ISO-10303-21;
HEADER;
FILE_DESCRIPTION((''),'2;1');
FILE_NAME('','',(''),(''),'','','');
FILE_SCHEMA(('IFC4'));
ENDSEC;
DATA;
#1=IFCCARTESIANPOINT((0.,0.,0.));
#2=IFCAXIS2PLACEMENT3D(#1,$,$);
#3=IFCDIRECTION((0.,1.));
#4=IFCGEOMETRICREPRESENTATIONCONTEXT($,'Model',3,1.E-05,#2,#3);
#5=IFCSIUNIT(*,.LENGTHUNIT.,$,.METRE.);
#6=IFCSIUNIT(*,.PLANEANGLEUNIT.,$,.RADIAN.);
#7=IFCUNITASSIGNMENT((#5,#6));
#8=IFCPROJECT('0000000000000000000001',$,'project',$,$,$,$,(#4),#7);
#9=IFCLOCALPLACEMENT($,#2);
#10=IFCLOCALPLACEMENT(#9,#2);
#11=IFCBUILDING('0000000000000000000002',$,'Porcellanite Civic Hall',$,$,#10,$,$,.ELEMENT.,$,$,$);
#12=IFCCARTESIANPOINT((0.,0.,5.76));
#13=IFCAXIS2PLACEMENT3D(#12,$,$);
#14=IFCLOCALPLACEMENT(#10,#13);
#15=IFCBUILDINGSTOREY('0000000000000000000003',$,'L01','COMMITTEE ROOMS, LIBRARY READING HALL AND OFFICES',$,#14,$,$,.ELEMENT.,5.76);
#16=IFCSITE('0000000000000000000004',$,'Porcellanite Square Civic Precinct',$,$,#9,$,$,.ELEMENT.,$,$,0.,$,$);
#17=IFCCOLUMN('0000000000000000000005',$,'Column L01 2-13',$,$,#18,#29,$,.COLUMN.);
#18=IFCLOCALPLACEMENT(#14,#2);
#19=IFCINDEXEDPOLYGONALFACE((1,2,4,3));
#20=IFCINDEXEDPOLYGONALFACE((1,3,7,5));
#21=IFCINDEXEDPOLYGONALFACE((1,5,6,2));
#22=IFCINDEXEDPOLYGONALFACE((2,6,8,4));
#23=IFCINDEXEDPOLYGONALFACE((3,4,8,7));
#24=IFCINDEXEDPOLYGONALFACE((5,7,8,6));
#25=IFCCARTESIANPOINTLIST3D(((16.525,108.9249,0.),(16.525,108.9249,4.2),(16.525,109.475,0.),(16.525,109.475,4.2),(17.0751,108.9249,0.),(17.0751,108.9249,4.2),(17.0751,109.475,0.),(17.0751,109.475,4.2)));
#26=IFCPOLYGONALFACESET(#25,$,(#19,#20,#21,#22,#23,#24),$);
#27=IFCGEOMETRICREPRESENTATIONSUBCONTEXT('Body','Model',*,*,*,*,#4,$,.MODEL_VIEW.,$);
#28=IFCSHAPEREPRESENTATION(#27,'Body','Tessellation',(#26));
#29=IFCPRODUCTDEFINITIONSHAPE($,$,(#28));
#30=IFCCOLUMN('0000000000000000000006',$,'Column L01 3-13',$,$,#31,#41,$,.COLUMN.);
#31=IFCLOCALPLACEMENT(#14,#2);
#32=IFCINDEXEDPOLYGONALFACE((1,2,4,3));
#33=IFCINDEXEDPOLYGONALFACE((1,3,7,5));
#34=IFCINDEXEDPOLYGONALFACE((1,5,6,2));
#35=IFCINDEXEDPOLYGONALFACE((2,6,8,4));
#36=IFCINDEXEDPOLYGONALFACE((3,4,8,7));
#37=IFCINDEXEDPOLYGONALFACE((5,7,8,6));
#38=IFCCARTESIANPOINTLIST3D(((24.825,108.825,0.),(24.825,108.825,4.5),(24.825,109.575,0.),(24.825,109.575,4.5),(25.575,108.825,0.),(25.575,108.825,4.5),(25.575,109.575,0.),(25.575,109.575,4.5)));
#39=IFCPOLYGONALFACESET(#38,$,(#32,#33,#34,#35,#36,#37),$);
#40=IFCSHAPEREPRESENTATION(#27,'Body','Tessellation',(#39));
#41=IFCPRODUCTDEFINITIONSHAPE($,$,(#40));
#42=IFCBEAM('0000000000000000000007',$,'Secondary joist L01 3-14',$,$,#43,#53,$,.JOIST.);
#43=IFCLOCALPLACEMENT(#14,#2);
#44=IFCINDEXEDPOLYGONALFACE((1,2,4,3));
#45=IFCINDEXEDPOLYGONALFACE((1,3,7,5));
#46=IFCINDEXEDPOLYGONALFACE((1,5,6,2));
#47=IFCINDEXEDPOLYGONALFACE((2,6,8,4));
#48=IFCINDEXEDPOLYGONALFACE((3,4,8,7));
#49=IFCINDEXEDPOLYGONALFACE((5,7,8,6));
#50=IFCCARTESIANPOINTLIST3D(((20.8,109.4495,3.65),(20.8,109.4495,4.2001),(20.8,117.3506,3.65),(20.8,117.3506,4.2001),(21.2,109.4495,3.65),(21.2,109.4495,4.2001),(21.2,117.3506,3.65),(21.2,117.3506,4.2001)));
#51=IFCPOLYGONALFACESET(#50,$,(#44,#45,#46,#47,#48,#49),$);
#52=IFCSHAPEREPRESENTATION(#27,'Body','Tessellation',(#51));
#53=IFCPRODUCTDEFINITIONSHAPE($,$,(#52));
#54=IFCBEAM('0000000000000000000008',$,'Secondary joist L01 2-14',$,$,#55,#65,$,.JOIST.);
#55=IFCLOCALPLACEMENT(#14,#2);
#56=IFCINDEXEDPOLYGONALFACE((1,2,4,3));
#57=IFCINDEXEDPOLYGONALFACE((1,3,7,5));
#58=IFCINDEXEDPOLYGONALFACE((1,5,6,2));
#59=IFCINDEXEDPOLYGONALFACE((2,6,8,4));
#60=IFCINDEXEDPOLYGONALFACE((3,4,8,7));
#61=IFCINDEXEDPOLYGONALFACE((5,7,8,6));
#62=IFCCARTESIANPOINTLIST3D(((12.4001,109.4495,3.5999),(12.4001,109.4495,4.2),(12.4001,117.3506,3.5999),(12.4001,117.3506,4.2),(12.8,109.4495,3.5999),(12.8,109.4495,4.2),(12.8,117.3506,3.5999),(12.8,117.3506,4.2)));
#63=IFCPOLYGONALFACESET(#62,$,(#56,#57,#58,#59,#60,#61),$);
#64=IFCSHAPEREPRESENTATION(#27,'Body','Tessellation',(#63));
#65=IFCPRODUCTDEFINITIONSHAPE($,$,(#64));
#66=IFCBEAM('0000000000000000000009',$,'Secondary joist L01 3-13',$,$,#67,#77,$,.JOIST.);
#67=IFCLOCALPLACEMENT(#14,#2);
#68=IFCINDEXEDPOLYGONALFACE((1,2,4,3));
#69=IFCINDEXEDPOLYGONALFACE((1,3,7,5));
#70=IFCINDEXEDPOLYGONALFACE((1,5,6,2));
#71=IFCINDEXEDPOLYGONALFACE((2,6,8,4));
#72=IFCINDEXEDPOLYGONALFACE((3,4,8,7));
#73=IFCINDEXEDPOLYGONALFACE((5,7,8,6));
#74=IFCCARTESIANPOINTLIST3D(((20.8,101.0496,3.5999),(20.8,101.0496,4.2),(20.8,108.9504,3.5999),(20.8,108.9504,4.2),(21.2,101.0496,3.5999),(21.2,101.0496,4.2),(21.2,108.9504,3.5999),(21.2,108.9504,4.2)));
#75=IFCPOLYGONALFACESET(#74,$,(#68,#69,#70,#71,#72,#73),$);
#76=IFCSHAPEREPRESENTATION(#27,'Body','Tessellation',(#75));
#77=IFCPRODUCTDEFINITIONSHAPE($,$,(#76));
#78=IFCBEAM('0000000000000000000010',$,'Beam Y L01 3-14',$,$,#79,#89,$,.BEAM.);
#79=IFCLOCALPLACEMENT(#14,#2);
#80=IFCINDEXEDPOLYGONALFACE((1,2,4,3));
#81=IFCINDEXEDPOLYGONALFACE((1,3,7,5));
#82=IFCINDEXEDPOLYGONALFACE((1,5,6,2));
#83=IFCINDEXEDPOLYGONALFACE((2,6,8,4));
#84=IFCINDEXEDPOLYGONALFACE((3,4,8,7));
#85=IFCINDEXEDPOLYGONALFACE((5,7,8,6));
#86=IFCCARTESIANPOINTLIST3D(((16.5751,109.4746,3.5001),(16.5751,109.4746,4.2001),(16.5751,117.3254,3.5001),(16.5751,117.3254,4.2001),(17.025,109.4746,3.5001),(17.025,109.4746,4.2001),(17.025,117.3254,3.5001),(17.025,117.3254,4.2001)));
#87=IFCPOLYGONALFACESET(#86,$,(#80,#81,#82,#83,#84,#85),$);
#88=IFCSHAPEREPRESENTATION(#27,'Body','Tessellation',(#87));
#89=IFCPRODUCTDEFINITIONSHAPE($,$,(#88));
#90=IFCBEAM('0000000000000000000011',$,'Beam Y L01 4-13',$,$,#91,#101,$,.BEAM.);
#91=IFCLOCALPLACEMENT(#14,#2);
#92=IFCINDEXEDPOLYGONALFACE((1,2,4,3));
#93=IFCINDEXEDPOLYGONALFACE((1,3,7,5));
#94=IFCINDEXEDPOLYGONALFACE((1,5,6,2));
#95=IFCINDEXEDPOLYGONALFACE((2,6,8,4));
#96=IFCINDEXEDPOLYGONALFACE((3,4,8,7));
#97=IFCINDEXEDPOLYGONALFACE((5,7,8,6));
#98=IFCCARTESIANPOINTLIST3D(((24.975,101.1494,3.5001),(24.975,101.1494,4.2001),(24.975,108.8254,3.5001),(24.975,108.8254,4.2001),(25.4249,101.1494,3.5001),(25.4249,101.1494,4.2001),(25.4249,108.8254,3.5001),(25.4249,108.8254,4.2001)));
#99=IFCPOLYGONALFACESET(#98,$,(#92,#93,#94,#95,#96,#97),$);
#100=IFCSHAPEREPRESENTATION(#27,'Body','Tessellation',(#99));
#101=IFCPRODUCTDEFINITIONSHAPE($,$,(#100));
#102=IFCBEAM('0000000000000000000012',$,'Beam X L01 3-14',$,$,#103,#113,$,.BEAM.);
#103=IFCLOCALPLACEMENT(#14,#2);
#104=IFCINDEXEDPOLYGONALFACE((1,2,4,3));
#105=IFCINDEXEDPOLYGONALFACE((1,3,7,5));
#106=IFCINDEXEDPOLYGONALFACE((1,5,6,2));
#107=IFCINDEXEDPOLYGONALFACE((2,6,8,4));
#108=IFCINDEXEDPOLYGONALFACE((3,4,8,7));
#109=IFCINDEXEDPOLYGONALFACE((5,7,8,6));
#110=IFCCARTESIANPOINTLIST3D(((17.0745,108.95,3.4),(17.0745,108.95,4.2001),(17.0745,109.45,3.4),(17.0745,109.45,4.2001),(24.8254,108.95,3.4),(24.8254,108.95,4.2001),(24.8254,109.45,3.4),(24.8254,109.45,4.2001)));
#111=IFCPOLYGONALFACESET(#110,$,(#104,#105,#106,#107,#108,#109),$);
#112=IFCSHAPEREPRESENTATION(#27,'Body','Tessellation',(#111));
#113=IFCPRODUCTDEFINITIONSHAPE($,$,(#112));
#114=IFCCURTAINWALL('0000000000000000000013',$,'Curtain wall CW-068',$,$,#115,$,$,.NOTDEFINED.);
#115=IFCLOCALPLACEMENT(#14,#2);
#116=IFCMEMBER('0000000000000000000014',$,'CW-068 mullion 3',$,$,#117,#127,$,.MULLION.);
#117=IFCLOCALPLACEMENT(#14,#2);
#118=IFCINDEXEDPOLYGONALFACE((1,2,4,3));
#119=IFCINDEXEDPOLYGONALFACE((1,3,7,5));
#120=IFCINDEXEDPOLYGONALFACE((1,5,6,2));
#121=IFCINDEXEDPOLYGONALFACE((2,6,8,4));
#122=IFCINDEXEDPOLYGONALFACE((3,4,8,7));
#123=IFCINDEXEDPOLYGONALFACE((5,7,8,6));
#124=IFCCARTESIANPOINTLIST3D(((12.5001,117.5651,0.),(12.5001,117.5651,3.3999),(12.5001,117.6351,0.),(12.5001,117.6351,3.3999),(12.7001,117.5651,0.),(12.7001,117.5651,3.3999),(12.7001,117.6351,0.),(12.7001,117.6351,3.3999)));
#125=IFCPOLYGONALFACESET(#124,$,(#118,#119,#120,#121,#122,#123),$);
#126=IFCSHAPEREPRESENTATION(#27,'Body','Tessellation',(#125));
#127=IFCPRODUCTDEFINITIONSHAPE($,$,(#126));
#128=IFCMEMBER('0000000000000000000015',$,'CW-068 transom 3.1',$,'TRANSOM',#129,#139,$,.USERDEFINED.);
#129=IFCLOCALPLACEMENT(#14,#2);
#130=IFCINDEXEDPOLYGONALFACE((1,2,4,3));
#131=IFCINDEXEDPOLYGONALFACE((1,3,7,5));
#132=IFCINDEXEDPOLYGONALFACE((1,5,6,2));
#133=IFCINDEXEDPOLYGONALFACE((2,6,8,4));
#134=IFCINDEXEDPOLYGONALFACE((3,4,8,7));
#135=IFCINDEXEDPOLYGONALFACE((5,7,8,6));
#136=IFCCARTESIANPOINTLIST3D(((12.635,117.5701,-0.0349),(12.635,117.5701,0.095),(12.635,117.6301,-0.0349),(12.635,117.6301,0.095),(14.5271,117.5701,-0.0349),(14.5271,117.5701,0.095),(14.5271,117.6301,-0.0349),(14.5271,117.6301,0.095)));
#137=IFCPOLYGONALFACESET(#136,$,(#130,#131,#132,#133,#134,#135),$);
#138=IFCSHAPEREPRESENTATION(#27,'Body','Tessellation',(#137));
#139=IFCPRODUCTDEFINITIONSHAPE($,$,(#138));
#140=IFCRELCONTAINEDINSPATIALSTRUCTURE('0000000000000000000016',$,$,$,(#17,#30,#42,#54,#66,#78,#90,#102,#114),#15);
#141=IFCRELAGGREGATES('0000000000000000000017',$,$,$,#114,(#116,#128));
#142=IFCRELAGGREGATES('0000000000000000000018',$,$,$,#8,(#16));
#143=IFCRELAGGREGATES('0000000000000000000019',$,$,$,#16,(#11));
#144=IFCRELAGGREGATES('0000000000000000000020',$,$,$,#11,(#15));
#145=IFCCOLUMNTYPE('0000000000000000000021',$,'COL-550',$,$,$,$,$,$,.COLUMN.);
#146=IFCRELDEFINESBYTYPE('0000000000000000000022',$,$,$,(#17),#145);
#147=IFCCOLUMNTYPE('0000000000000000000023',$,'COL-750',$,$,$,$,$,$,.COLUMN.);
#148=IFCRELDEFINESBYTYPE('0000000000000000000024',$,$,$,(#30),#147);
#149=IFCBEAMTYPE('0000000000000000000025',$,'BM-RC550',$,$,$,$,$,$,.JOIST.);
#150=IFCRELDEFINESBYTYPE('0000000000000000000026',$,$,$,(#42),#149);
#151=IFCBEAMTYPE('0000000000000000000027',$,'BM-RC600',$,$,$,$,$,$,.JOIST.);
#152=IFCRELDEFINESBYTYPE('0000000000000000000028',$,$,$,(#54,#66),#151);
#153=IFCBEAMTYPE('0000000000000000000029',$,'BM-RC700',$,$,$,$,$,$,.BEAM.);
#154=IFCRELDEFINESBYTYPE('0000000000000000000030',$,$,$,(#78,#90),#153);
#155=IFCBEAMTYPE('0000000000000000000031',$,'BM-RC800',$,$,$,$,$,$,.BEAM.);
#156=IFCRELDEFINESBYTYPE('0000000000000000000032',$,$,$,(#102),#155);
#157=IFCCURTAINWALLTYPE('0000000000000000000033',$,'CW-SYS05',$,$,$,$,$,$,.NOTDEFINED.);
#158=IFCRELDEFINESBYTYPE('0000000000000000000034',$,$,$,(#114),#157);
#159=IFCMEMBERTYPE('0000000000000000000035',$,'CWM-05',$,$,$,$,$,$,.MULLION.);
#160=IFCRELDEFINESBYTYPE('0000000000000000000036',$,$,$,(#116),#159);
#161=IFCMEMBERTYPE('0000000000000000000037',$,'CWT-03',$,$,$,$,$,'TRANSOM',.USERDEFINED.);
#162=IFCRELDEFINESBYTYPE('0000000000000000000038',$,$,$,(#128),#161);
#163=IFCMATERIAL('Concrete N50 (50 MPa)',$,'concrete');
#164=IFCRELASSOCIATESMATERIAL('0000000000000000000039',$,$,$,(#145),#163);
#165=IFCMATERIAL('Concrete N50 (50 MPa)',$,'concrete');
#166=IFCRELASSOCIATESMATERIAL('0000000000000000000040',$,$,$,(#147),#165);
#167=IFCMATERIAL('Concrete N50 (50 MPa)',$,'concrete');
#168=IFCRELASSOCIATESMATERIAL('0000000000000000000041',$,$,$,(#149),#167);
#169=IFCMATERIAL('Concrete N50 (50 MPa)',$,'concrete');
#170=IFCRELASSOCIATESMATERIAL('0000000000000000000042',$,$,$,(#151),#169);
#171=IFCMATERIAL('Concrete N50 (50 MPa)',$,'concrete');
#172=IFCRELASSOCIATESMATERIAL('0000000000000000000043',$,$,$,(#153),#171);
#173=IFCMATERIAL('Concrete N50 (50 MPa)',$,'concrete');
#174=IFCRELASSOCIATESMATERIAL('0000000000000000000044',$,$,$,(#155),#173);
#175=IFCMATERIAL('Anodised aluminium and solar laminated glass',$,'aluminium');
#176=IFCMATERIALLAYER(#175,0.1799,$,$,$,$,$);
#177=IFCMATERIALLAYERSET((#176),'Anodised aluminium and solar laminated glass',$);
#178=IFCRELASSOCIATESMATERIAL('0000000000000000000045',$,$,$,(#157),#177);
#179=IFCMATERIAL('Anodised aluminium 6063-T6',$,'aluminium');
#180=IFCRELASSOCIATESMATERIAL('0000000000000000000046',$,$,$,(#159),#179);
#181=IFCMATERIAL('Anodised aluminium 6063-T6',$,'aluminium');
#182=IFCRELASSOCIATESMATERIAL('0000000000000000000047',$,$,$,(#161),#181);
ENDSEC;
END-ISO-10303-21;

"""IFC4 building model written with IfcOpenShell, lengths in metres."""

from ifc_helpers import new_model, si_unit, direction, frame, origin, origin_2d, place, context, subcontext, project, spatial, rectangle, extrude, material, layer, layer_set, material_profile, profile_set, type_object, element, aggregate, save


model = new_model("IFC4")

# Units and contexts
model_context = context("Model", 3, precision=1e-05, world=origin(), true_north=direction((0.0, 1.0)))
body_context = subcontext(model_context, "Body", "Model", "MODEL_VIEW")
ifc_project = project(units=[si_unit("LENGTHUNIT", "METRE"), si_unit("PLANEANGLEUNIT", "RADIAN")], contexts=[model_context])

# Site, building, storey
site_placement = place(None, origin())
site = spatial("IfcSite", under=ifc_project, at=site_placement, Name="Porcellanite Square Civic Precinct", CompositionType="ELEMENT", RefElevation=0.0)
building_placement = place(site_placement, origin())
building = spatial("IfcBuilding", under=site, at=building_placement, Name="Porcellanite Civic Hall", CompositionType="ELEMENT")
storey_placement = place(building_placement, frame((0.0, 0.0, 5.76)))
storey = spatial("IfcBuildingStorey", under=building, at=storey_placement, Name="L01", Description="COMMITTEE ROOMS, LIBRARY READING HALL AND OFFICES", CompositionType="ELEMENT", Elevation=5.76)

# Columns
ifc_material_1 = material(Name="Concrete N50 (50 MPa)", Category="concrete")
ifc_material_profile_1 = material_profile(ifc_material_1, rectangle(XDim=0.55, YDim=0.55, at=origin_2d()), Name="RC-550x550")
ifc_profile_set_1 = profile_set([ifc_material_profile_1], Name="Concrete N50 (50 MPa)")
column_type_1 = type_object("IfcColumnType", Name="COL-550", PredefinedType="COLUMN", material=ifc_profile_set_1)
column_1_placement = place(storey_placement, frame((16.8, 109.2, 0.0), z_axis=(0.0, 0.0, 1.0), x_axis=(1.0, 0.0, 0.0)))
element("IfcColumn", 1, at=column_1_placement, inside=storey, type_object=column_type_1, Name="Column L01 2-13", PredefinedType="COLUMN", context=body_context, shape_type="SweptSolid", body=[
    extrude(rectangle(XDim=0.55, YDim=0.55, at=origin_2d()), origin(), (0.0, 0.0, 1.0), 4.2),
])
ifc_material_2 = material(Name="Concrete N50 (50 MPa)", Category="concrete")
ifc_material_profile_2 = material_profile(ifc_material_2, rectangle(XDim=0.75, YDim=0.75, at=origin_2d()), Name="RC-750x750")
ifc_profile_set_2 = profile_set([ifc_material_profile_2], Name="Concrete N50 (50 MPa)")
column_type_2 = type_object("IfcColumnType", Name="COL-750", PredefinedType="COLUMN", material=ifc_profile_set_2)
column_2_placement = place(storey_placement, frame((25.2, 109.2, 0.0), z_axis=(0.0, 0.0, 1.0), x_axis=(1.0, 0.0, 0.0)))
element("IfcColumn", 2, at=column_2_placement, inside=storey, type_object=column_type_2, Name="Column L01 3-13", PredefinedType="COLUMN", context=body_context, shape_type="SweptSolid", body=[
    extrude(rectangle(XDim=0.75, YDim=0.75, at=origin_2d()), origin(), (0.0, 0.0, 1.0), 4.5),
])

# Beams
ifc_material_3 = material(Name="Concrete N50 (50 MPa)", Category="concrete")
ifc_material_profile_3 = material_profile(ifc_material_3, rectangle(XDim=0.3999, YDim=0.55, at=origin_2d()), Name="RC-400x550")
ifc_profile_set_3 = profile_set([ifc_material_profile_3], Name="Concrete N50 (50 MPa)")
beam_type_1 = type_object("IfcBeamType", Name="BM-RC550", PredefinedType="JOIST", material=ifc_profile_set_3)
beam_1_placement = place(storey_placement, frame((21.0, 109.4495, 3.925), z_axis=(0.0, 1.0, 0.0), x_axis=(-1.0, 0.0, 0.0)))
element("IfcBeam", 3, at=beam_1_placement, inside=storey, type_object=beam_type_1, Name="Secondary joist L01 3-14", PredefinedType="JOIST", context=body_context, shape_type="SweptSolid", body=[
    extrude(rectangle(XDim=0.3999, YDim=0.55, at=origin_2d()), origin(), (0.0, 0.0, 1.0), 7.9011),
])
ifc_material_4 = material(Name="Concrete N50 (50 MPa)", Category="concrete")
ifc_material_profile_4 = material_profile(ifc_material_4, rectangle(XDim=0.3999, YDim=0.6001, at=origin_2d()), Name="RC-400x600")
ifc_profile_set_4 = profile_set([ifc_material_profile_4], Name="Concrete N50 (50 MPa)")
beam_type_2 = type_object("IfcBeamType", Name="BM-RC600", PredefinedType="JOIST", material=ifc_profile_set_4)
beam_2_placement = place(storey_placement, frame((12.6001, 109.4495, 3.8999), z_axis=(0.0, 1.0, 0.0), x_axis=(-1.0, 0.0, 0.0)))
element("IfcBeam", 4, at=beam_2_placement, inside=storey, type_object=beam_type_2, Name="Secondary joist L01 2-14", PredefinedType="JOIST", context=body_context, shape_type="SweptSolid", body=[
    extrude(rectangle(XDim=0.3999, YDim=0.6001, at=origin_2d()), origin(), (0.0, 0.0, 1.0), 7.9011),
])
beam_3_placement = place(storey_placement, frame((21.0, 101.0496, 3.8999), z_axis=(0.0, 1.0, 0.0), x_axis=(-1.0, 0.0, 0.0)))
element("IfcBeam", 5, at=beam_3_placement, inside=storey, type_object=beam_type_2, Name="Secondary joist L01 3-13", PredefinedType="JOIST", context=body_context, shape_type="SweptSolid", body=[
    extrude(rectangle(XDim=0.3999, YDim=0.6001, at=origin_2d()), origin(), (0.0, 0.0, 1.0), 7.9009),
])
ifc_material_5 = material(Name="Concrete N50 (50 MPa)", Category="concrete")
ifc_material_profile_5 = material_profile(ifc_material_5, rectangle(XDim=0.45, YDim=0.7, at=origin_2d()), Name="RC-450x700")
ifc_profile_set_5 = profile_set([ifc_material_profile_5], Name="Concrete N50 (50 MPa)")
beam_type_3 = type_object("IfcBeamType", Name="BM-RC700", PredefinedType="BEAM", material=ifc_profile_set_5)
beam_4_placement = place(storey_placement, frame((16.8, 109.4746, 3.8501), z_axis=(0.0, 1.0, 0.0), x_axis=(-1.0, 0.0, 0.0)))
element("IfcBeam", 6, at=beam_4_placement, inside=storey, type_object=beam_type_3, Name="Beam Y L01 3-14", PredefinedType="BEAM", context=body_context, shape_type="SweptSolid", body=[
    extrude(rectangle(XDim=0.45, YDim=0.7, at=origin_2d()), origin(), (0.0, 0.0, 1.0), 7.8508),
])
beam_5_placement = place(storey_placement, frame((25.2, 101.1494, 3.8501), z_axis=(0.0, 1.0, 0.0), x_axis=(-1.0, 0.0, 0.0)))
element("IfcBeam", 7, at=beam_5_placement, inside=storey, type_object=beam_type_3, Name="Beam Y L01 4-13", PredefinedType="BEAM", context=body_context, shape_type="SweptSolid", body=[
    extrude(rectangle(XDim=0.45, YDim=0.7, at=origin_2d()), origin(), (0.0, 0.0, 1.0), 7.676),
])
ifc_material_6 = material(Name="Concrete N50 (50 MPa)", Category="concrete")
ifc_material_profile_6 = material_profile(ifc_material_6, rectangle(XDim=0.5, YDim=0.8, at=origin_2d()), Name="RC-500x800")
ifc_profile_set_6 = profile_set([ifc_material_profile_6], Name="Concrete N50 (50 MPa)")
beam_type_4 = type_object("IfcBeamType", Name="BM-RC800", PredefinedType="BEAM", material=ifc_profile_set_6)
beam_6_placement = place(storey_placement, frame((17.0745, 109.2, 3.8), z_axis=(1.0, 0.0, 0.0), x_axis=(0.0, 1.0, 0.0)))
element("IfcBeam", 8, at=beam_6_placement, inside=storey, type_object=beam_type_4, Name="Beam X L01 3-14", PredefinedType="BEAM", context=body_context, shape_type="SweptSolid", body=[
    extrude(rectangle(XDim=0.5, YDim=0.8, at=origin_2d()), origin(), (0.0, 0.0, 1.0), 7.751),
])

# Curtain wall, members
ifc_material_7 = material(Name="Anodised aluminium and solar laminated glass", Category="aluminium")
ifc_layer_1 = layer(ifc_material_7, 0.1799)
ifc_layer_set_1 = layer_set([ifc_layer_1], Name="Anodised aluminium and solar laminated glass")
curtain_wall_type = type_object("IfcCurtainWallType", Name="CW-SYS05", PredefinedType="NOTDEFINED", material=ifc_layer_set_1)
curtain_wall_placement = place(storey_placement, origin())
curtain_wall = element("IfcCurtainWall", 9, at=curtain_wall_placement, inside=storey, type_object=curtain_wall_type, Name="Curtain wall CW-068", PredefinedType="NOTDEFINED")
ifc_material_8 = material(Name="Anodised aluminium 6063-T6", Category="aluminium")
ifc_material_profile_7 = material_profile(ifc_material_8, rectangle(XDim=0.0701, YDim=0.2, at=origin_2d()), Name="AL-70x200")
ifc_profile_set_7 = profile_set([ifc_material_profile_7], Name="Anodised aluminium 6063-T6")
member_type_1 = type_object("IfcMemberType", Name="CWM-05", PredefinedType="MULLION", material=ifc_profile_set_7)
member_1_placement = place(storey_placement, frame((12.6001, 117.6001, 0.0), z_axis=(0.0, 0.0, 1.0), x_axis=(0.0, 1.0, 0.0)))
member_1 = element("IfcMember", 10, at=member_1_placement, type_object=member_type_1, Name="CW-068 mullion 3", PredefinedType="MULLION", context=body_context, shape_type="SweptSolid", body=[
    extrude(rectangle(XDim=0.0701, YDim=0.2, at=origin_2d()), origin(), (0.0, 0.0, 1.0), 3.3999),
])
ifc_material_9 = material(Name="Anodised aluminium 6063-T6", Category="aluminium")
ifc_material_profile_8 = material_profile(ifc_material_9, rectangle(XDim=0.0601, YDim=0.1299, at=origin_2d()), Name="AL-60x130")
ifc_profile_set_8 = profile_set([ifc_material_profile_8], Name="Anodised aluminium 6063-T6")
member_type_2 = type_object("IfcMemberType", Name="CWT-03", ElementType="TRANSOM", PredefinedType="USERDEFINED", material=ifc_profile_set_8)
member_2_placement = place(storey_placement, frame((12.635, 117.6001, 0.03), z_axis=(1.0, 0.0, 0.0), x_axis=(0.0, 1.0, 0.0)))
member_2 = element("IfcMember", 11, at=member_2_placement, type_object=member_type_2, Name="CW-068 transom 3.1", ObjectType="TRANSOM", PredefinedType="USERDEFINED", context=body_context, shape_type="SweptSolid", body=[
    extrude(rectangle(XDim=0.0601, YDim=0.1299, at=origin_2d()), origin(), (0.0, 0.0, 1.0), 1.8921),
])

aggregate(curtain_wall, [member_1, member_2])

save(model, "model.ifc")
